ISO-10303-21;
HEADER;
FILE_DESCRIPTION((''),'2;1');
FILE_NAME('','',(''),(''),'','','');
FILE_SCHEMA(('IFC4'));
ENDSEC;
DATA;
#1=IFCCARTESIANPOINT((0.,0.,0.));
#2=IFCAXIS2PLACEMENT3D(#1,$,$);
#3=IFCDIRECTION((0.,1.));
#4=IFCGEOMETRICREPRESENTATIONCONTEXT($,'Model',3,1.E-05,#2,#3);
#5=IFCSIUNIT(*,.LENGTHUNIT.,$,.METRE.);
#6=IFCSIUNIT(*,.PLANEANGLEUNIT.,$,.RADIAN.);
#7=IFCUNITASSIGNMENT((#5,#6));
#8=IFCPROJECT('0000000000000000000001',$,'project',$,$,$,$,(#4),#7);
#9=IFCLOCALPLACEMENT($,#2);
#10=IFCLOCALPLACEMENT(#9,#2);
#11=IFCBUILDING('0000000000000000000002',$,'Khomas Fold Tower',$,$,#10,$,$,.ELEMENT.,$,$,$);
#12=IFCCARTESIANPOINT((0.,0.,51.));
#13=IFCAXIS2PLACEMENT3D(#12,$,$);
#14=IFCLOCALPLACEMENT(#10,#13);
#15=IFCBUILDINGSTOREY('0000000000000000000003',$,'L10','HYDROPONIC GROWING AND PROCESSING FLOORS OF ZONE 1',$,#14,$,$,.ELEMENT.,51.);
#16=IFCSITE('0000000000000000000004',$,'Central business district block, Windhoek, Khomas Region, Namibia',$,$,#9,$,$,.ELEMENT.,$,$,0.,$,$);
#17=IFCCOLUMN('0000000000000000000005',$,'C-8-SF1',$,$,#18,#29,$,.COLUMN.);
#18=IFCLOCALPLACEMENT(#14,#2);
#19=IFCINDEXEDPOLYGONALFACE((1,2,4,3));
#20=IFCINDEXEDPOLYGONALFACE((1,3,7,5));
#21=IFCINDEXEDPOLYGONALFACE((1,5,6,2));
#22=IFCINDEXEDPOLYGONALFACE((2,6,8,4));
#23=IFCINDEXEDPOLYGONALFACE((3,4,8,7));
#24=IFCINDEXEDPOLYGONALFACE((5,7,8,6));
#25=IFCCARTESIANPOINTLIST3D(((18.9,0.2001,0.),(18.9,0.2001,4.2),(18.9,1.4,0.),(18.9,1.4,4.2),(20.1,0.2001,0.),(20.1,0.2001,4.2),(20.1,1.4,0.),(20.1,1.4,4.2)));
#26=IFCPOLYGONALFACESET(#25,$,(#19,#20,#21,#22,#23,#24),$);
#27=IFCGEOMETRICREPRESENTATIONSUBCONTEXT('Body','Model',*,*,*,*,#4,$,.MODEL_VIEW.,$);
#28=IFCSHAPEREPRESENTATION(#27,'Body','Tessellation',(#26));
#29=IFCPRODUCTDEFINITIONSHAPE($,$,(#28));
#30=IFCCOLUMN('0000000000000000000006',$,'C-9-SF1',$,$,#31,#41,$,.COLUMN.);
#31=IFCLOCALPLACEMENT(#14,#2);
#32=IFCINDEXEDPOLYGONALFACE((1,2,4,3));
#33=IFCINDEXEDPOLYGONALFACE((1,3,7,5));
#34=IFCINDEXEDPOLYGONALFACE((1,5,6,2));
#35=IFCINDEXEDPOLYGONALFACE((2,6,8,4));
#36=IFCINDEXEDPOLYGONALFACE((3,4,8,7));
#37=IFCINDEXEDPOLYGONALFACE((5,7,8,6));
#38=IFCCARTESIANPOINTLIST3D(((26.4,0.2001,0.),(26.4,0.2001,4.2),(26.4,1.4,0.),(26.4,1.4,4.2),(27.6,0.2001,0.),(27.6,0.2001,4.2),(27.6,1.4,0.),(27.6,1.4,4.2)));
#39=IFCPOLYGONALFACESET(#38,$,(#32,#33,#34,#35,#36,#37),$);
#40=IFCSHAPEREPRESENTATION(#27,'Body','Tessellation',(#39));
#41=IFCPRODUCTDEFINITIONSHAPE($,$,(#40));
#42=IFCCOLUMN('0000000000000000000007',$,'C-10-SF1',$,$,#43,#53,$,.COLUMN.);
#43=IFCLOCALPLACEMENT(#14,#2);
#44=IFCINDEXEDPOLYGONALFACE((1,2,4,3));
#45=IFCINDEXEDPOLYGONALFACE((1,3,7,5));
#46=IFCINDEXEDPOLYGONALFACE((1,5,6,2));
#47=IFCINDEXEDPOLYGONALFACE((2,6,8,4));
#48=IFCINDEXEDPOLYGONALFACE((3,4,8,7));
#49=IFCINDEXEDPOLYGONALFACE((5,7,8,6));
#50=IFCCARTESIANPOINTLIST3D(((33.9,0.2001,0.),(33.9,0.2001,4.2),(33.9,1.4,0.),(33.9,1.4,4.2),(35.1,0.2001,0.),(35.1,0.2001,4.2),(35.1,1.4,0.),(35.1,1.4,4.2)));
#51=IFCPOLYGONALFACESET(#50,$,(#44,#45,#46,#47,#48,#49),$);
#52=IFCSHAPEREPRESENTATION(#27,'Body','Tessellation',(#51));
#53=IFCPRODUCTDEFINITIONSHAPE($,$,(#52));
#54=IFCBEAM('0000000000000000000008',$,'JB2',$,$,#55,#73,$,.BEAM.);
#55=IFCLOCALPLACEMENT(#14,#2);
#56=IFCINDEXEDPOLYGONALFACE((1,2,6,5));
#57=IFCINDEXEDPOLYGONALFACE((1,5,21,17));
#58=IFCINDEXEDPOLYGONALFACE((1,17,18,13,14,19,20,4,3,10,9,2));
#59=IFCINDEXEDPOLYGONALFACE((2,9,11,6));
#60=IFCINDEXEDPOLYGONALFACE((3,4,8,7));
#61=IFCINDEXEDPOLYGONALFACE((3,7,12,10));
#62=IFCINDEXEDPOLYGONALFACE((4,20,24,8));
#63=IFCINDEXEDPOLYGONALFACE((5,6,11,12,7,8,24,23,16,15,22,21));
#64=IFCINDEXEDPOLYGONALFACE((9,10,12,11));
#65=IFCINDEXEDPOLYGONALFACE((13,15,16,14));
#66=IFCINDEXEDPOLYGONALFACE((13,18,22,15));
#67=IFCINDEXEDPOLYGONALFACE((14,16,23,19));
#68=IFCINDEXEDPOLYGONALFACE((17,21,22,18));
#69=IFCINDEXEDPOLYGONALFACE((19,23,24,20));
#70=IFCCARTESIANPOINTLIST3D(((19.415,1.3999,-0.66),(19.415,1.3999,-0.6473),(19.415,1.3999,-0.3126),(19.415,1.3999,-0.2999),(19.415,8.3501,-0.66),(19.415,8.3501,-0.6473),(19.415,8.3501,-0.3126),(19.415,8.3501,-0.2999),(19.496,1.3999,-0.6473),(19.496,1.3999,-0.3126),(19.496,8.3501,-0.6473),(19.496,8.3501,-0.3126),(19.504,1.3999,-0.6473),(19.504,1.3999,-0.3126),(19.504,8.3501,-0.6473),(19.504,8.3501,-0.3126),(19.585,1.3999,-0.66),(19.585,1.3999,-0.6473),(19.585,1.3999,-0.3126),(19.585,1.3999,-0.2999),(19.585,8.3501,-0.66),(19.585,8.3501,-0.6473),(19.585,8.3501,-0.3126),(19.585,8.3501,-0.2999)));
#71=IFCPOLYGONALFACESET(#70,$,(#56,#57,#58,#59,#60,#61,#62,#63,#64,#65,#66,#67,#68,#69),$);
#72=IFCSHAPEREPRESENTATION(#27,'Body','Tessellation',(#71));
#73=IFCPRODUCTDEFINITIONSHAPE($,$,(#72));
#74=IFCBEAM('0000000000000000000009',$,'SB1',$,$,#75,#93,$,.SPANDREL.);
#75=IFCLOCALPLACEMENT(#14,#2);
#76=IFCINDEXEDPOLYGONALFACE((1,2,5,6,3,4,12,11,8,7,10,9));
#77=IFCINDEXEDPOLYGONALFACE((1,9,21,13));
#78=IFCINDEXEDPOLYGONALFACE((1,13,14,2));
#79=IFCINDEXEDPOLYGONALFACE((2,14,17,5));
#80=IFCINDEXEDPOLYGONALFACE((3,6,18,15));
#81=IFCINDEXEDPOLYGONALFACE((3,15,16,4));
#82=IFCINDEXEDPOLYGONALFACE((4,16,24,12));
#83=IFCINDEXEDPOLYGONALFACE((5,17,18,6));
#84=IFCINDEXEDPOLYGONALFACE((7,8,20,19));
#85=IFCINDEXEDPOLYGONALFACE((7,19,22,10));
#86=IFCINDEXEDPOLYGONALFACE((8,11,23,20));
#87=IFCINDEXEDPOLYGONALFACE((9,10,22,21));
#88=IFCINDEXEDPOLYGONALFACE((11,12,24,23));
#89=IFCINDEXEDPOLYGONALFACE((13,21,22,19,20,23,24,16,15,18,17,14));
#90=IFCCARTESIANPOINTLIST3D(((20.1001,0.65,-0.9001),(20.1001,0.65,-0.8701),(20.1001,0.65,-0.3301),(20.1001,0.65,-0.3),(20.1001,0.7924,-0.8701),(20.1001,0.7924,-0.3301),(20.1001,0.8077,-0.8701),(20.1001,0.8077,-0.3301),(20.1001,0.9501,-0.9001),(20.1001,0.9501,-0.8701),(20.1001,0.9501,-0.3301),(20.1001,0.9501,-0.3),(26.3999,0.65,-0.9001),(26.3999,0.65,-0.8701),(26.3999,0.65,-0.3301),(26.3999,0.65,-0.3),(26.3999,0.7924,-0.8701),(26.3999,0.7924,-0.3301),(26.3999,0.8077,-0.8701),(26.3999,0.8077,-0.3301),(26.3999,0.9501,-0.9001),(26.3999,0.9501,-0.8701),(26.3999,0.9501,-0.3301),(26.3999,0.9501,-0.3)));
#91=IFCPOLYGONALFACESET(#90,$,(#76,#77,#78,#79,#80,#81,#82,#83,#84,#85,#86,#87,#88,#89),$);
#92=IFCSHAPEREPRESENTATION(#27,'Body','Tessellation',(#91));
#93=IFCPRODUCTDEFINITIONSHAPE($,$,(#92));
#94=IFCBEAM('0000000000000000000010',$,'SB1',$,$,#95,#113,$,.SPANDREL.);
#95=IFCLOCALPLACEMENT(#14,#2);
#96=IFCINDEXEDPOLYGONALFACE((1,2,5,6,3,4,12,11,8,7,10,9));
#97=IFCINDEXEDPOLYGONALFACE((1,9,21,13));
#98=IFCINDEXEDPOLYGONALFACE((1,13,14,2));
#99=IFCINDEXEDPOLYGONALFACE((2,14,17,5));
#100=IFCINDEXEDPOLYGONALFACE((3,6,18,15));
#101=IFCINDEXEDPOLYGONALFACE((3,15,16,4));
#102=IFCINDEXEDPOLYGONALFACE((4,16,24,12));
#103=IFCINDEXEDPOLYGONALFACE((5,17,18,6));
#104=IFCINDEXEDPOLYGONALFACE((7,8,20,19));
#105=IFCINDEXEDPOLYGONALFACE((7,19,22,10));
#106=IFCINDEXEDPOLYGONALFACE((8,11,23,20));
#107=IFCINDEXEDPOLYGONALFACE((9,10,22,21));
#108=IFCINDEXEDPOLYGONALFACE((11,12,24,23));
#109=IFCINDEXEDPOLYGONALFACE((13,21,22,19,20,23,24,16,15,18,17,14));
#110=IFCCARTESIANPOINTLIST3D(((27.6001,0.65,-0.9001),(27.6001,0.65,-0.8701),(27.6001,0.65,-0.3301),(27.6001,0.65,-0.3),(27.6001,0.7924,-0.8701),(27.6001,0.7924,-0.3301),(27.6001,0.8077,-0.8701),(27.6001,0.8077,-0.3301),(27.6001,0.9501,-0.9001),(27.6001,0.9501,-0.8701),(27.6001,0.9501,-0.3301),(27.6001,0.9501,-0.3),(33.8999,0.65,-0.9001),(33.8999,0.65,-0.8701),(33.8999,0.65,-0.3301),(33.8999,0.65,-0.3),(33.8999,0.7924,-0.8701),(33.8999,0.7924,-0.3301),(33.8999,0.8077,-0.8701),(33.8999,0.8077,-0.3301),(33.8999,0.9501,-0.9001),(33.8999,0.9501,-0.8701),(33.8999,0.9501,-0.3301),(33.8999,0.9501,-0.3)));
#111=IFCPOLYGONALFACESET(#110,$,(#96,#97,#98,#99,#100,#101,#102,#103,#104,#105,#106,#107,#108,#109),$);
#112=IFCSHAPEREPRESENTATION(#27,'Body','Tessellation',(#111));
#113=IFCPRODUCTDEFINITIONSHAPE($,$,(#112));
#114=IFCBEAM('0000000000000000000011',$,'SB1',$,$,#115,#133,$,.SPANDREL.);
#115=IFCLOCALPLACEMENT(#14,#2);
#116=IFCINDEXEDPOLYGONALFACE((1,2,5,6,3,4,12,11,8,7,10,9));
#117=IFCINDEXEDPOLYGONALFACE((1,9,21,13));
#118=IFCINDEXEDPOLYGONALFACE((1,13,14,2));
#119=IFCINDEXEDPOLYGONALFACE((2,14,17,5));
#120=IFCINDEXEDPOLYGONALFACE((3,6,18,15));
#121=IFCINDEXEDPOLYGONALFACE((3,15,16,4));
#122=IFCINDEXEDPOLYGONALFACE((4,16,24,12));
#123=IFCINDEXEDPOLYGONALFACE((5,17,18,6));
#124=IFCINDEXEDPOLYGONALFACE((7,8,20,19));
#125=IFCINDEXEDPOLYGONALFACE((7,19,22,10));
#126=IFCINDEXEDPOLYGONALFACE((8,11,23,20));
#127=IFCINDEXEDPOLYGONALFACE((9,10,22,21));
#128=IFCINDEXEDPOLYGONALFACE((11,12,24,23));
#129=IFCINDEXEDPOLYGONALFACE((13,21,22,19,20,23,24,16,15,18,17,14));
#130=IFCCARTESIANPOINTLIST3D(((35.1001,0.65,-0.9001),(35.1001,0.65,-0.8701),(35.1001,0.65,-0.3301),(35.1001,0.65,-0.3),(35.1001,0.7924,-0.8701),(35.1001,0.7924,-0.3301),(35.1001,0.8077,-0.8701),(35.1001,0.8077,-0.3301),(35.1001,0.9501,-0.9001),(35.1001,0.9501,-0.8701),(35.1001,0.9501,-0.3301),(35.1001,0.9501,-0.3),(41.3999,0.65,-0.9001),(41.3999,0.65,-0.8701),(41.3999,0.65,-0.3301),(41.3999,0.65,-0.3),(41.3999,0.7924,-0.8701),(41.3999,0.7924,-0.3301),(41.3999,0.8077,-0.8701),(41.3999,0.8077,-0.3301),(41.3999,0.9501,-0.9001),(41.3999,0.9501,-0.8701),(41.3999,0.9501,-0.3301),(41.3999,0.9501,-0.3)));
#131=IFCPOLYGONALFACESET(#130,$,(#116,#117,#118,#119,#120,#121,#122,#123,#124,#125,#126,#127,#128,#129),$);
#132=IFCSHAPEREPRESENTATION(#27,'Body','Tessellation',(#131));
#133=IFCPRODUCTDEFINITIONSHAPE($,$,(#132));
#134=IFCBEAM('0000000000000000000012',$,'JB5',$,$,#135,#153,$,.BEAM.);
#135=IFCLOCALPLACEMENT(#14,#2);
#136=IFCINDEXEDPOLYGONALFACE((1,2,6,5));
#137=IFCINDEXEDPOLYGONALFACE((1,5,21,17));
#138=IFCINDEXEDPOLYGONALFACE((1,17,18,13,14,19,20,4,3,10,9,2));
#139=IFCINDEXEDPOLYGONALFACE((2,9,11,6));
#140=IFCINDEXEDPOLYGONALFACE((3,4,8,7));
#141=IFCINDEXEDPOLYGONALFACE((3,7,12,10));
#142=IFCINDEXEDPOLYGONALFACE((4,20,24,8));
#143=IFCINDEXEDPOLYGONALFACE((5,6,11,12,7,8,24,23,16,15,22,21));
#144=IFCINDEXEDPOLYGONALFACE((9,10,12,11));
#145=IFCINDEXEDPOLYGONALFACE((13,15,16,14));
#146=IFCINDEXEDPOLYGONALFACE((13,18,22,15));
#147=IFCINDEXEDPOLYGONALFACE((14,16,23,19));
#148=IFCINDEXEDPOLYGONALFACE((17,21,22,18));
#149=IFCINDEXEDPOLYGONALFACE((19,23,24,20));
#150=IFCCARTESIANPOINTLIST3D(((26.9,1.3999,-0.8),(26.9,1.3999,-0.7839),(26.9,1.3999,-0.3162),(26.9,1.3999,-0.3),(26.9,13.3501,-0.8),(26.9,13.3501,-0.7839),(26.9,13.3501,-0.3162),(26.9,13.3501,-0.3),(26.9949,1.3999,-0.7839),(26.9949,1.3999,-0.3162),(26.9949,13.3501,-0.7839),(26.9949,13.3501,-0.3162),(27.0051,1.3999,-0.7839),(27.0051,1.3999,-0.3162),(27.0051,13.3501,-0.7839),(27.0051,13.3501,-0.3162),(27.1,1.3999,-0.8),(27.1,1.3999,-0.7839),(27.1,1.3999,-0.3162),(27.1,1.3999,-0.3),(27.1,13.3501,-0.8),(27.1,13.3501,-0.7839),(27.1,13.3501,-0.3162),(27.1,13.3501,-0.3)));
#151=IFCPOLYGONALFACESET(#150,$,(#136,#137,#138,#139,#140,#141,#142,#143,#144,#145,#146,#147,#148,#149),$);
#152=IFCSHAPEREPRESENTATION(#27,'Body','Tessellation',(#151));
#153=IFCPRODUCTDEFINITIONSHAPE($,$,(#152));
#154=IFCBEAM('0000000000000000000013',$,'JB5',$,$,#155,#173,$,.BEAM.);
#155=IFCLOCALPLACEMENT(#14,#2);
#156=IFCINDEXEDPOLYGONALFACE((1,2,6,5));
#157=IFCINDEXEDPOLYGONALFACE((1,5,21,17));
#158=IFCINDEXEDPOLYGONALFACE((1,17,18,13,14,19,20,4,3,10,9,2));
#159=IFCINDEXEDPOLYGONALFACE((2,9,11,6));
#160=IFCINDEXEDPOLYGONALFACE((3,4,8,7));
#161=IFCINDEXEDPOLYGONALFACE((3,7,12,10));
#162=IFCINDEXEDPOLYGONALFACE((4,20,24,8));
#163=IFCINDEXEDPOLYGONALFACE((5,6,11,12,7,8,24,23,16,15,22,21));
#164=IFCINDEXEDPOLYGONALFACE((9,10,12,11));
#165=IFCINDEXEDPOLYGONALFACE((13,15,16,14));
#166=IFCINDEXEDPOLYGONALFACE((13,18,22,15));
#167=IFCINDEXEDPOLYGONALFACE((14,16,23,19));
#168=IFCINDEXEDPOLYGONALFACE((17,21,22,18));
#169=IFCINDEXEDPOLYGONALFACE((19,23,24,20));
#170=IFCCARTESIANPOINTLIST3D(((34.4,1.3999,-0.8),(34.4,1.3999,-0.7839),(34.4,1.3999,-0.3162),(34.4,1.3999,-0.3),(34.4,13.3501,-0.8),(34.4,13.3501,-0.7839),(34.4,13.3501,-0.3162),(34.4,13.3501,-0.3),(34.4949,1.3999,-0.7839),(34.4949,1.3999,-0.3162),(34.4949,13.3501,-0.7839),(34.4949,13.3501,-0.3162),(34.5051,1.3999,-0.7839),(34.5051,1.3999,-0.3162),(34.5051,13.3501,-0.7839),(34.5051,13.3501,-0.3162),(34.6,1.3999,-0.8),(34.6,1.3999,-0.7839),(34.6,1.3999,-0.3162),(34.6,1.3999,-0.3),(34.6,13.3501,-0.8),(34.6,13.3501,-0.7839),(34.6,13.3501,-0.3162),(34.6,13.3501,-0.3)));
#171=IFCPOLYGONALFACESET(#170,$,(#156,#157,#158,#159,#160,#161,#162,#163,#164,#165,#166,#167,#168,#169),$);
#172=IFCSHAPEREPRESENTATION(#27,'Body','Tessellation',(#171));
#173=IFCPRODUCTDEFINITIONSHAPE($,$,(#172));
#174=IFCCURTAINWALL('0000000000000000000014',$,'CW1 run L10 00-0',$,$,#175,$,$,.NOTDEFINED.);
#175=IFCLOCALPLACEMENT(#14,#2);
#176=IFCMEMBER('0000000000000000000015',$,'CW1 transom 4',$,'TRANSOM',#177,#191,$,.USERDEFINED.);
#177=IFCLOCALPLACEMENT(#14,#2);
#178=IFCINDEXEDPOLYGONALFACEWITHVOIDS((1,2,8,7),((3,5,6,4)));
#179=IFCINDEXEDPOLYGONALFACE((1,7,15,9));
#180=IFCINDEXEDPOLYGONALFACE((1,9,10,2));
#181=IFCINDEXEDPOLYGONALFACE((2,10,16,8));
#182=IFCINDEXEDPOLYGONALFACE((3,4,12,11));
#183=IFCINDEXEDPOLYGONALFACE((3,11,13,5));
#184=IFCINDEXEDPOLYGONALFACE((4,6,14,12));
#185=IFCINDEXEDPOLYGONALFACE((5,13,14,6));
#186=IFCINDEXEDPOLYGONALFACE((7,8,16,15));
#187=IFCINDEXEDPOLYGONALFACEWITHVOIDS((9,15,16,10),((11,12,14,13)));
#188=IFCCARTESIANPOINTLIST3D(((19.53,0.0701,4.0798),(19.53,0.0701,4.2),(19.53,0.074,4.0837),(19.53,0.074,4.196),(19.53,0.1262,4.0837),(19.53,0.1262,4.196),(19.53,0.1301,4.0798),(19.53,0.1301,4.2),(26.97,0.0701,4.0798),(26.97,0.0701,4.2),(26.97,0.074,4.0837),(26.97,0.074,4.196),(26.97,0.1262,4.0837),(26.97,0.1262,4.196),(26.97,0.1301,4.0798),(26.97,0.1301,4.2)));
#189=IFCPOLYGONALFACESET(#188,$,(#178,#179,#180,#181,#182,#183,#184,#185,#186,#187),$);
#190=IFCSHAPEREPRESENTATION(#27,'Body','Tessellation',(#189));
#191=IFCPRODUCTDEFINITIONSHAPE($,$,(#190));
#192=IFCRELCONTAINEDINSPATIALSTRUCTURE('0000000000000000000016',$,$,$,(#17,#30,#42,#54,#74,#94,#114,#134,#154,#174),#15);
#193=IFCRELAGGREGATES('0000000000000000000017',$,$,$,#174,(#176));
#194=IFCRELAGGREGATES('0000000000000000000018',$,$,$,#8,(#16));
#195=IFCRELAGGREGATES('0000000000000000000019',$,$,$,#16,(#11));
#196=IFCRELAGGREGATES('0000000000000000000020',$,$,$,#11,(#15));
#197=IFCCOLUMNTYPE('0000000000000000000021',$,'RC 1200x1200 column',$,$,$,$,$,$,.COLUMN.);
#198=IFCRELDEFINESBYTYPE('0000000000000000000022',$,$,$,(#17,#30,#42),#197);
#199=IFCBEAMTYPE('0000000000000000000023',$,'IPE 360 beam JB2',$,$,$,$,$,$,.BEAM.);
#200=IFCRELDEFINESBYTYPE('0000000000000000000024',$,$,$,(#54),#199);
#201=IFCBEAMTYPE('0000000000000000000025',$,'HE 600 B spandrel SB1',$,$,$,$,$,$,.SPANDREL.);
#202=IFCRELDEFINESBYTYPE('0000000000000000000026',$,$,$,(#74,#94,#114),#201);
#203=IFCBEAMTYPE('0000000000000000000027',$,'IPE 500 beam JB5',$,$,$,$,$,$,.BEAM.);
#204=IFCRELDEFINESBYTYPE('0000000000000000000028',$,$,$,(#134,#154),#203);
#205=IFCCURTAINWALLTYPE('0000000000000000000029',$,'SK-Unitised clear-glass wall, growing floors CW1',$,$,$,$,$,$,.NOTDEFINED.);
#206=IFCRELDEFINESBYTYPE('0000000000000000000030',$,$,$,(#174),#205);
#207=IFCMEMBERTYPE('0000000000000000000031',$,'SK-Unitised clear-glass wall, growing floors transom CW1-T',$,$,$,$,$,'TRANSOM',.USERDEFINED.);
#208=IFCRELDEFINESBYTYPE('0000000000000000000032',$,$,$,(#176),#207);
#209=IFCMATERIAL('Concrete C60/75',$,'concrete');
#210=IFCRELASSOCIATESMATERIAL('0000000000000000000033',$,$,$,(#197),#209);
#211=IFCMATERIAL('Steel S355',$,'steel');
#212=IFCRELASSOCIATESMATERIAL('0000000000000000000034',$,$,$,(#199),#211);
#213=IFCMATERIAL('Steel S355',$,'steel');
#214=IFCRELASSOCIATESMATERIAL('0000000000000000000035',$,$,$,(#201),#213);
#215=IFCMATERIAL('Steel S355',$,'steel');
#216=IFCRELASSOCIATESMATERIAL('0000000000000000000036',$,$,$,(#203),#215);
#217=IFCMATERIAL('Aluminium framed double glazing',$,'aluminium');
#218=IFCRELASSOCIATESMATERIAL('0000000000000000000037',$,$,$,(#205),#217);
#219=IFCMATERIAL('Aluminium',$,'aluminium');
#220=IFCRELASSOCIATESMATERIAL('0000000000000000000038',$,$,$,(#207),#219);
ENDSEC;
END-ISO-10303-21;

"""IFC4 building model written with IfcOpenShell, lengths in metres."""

from ifc_helpers import new_model, si_unit, direction, frame, origin, origin_2d, place, context, subcontext, project, spatial, rectangle, hollow_rectangle, i_section, extrude, source, transform, mapped, material, material_profile, profile_set, type_object, element, aggregate, save


model = new_model("IFC4")

# Units and contexts
model_context = context("Model", 3, precision=1e-05, world=origin(), true_north=direction((0.0, 1.0)))
body_context = subcontext(model_context, "Body", "Model", "MODEL_VIEW")
ifc_project = project(units=[si_unit("LENGTHUNIT", "METRE"), si_unit("PLANEANGLEUNIT", "RADIAN")], contexts=[model_context])

# Site, building, storey
site_placement = place(None, origin())
site = spatial("IfcSite", under=ifc_project, at=site_placement, Name="Central business district block, Windhoek, Khomas Region, Namibia", CompositionType="ELEMENT", RefElevation=0.0)
building_placement = place(site_placement, origin())
building = spatial("IfcBuilding", under=site, at=building_placement, Name="Khomas Fold Tower", CompositionType="ELEMENT")
storey_placement = place(building_placement, frame((0.0, 0.0, 51.0)))
storey = spatial("IfcBuildingStorey", under=building, at=storey_placement, Name="L10", Description="HYDROPONIC GROWING AND PROCESSING FLOORS OF ZONE 1", CompositionType="ELEMENT", Elevation=51.0)

# Columns
ifc_material_1 = material(Name="Concrete C60/75", Category="concrete")
ifc_material_profile_1 = material_profile(ifc_material_1, rectangle(XDim=1.2, YDim=1.2, at=origin_2d()), Name="RC 1200x1200")
ifc_profile_set_1 = profile_set([ifc_material_profile_1], Name="Concrete C60/75")
column_type = type_object("IfcColumnType", Name="RC 1200x1200 column", PredefinedType="COLUMN", material=ifc_profile_set_1)
shared_shape_1 = source(origin(), body_context, "Body", "SweptSolid", [
    extrude(rectangle(XDim=1.2, YDim=1.2, at=origin_2d()), origin(), (0.0, 0.0, 1.0), 4.2),
])
for number, where, z_axis, x_axis, name in (
    (1, (19.5, 0.8, 0.0), (0.0, 0.0, 1.0), (1.0, 0.0, 0.0), "C-8-SF1"),
    (2, (27.0, 0.8, 0.0), (0.0, 0.0, 1.0), (1.0, 0.0, 0.0), "C-9-SF1"),
    (3, (34.5, 0.8, 0.0), (0.0, 0.0, 1.0), (1.0, 0.0, 0.0), "C-10-SF1"),
):
    element("IfcColumn", number, at=place(storey_placement, frame(where, z_axis=z_axis, x_axis=x_axis)), inside=storey, type_object=column_type, Name=name, PredefinedType="COLUMN", context=body_context, shape_type="MappedRepresentation", body=[
        mapped(shared_shape_1, transform((0.0, 0.0, 0.0))),
    ])

# Beams
ifc_material_2 = material(Name="Steel S355", Category="steel")
ifc_material_profile_2 = material_profile(ifc_material_2, i_section(OverallWidth=0.1699, OverallDepth=0.3601, WebThickness=0.0081, FlangeThickness=0.0127, at=origin_2d()), Name="IPE 360")
ifc_profile_set_2 = profile_set([ifc_material_profile_2], Name="Steel S355")
beam_type_1 = type_object("IfcBeamType", Name="IPE 360 beam JB2", PredefinedType="BEAM", material=ifc_profile_set_2)
shared_shape_2 = source(origin(), body_context, "Body", "SweptSolid", [
    extrude(i_section(OverallWidth=0.1699, OverallDepth=0.3601, WebThickness=0.0081, FlangeThickness=0.0127, at=origin_2d()), origin(), (0.0, 0.0, 1.0), 6.9502),
])
beam_placement = place(storey_placement, frame((19.5, 1.3999, -0.48), z_axis=(0.0, 1.0, 0.0), x_axis=(-1.0, 0.0, 0.0)))
element("IfcBeam", 4, at=beam_placement, inside=storey, type_object=beam_type_1, Name="JB2", PredefinedType="BEAM", context=body_context, shape_type="MappedRepresentation", body=[
    mapped(shared_shape_2, transform((0.0, 0.0, 0.0))),
])
ifc_material_3 = material(Name="Steel S355", Category="steel")
ifc_material_profile_3 = material_profile(ifc_material_3, i_section(OverallWidth=0.3, OverallDepth=0.6001, WebThickness=0.0154, FlangeThickness=0.03, at=origin_2d()), Name="HE 600 B")
ifc_profile_set_3 = profile_set([ifc_material_profile_3], Name="Steel S355")
beam_type_2 = type_object("IfcBeamType", Name="HE 600 B spandrel SB1", PredefinedType="SPANDREL", material=ifc_profile_set_3)
shared_shape_3 = source(origin(), body_context, "Body", "SweptSolid", [
    extrude(i_section(OverallWidth=0.3, OverallDepth=0.6001, WebThickness=0.0154, FlangeThickness=0.03, at=origin_2d()), origin(), (0.0, 0.0, 1.0), 6.2998),
])
for number, where, z_axis, x_axis, name in (
    (5, (20.1001, 0.8, -0.6001), (1.0, 0.0, 0.0), (0.0, 1.0, 0.0), "SB1"),
    (6, (27.6001, 0.8, -0.6001), (1.0, 0.0, 0.0), (0.0, 1.0, 0.0), "SB1"),
    (7, (35.1001, 0.8, -0.6001), (1.0, 0.0, 0.0), (0.0, 1.0, 0.0), "SB1"),
):
    element("IfcBeam", number, at=place(storey_placement, frame(where, z_axis=z_axis, x_axis=x_axis)), inside=storey, type_object=beam_type_2, Name=name, PredefinedType="SPANDREL", context=body_context, shape_type="MappedRepresentation", body=[
        mapped(shared_shape_3, transform((0.0, 0.0, 0.0))),
    ])
ifc_material_4 = material(Name="Steel S355", Category="steel")
ifc_material_profile_4 = material_profile(ifc_material_4, i_section(OverallWidth=0.2, OverallDepth=0.5, WebThickness=0.0103, FlangeThickness=0.0161, at=origin_2d()), Name="IPE 500")
ifc_profile_set_4 = profile_set([ifc_material_profile_4], Name="Steel S355")
beam_type_3 = type_object("IfcBeamType", Name="IPE 500 beam JB5", PredefinedType="BEAM", material=ifc_profile_set_4)
shared_shape_4 = source(origin(), body_context, "Body", "SweptSolid", [
    extrude(i_section(OverallWidth=0.2, OverallDepth=0.5, WebThickness=0.0103, FlangeThickness=0.0161, at=origin_2d()), origin(), (0.0, 0.0, 1.0), 11.9502),
])
for number, where, z_axis, x_axis, name in (
    (8, (27.0, 1.3999, -0.55), (0.0, 1.0, 0.0), (-1.0, 0.0, 0.0), "JB5"),
    (9, (34.5, 1.3999, -0.55), (0.0, 1.0, 0.0), (-1.0, 0.0, 0.0), "JB5"),
):
    element("IfcBeam", number, at=place(storey_placement, frame(where, z_axis=z_axis, x_axis=x_axis)), inside=storey, type_object=beam_type_3, Name=name, PredefinedType="BEAM", context=body_context, shape_type="MappedRepresentation", body=[
        mapped(shared_shape_4, transform((0.0, 0.0, 0.0))),
    ])

# Curtain wall, member
ifc_material_5 = material(Name="Aluminium framed double glazing", Category="aluminium")
curtain_wall_type = type_object("IfcCurtainWallType", Name="SK-Unitised clear-glass wall, growing floors CW1", PredefinedType="NOTDEFINED", material=ifc_material_5)
curtain_wall_placement = place(storey_placement, origin())
curtain_wall = element("IfcCurtainWall", 10, at=curtain_wall_placement, inside=storey, type_object=curtain_wall_type, Name="CW1 run L10 00-0", PredefinedType="NOTDEFINED")
ifc_material_6 = material(Name="Aluminium", Category="aluminium")
ifc_material_profile_5 = material_profile(ifc_material_6, hollow_rectangle(XDim=0.0601, YDim=0.1201, WallThickness=0.0039, at=origin_2d()), Name="SK-Unitised clear-glass wall, growing floors transom CW1-T")
ifc_profile_set_5 = profile_set([ifc_material_profile_5], Name="Aluminium")
member_type_1 = type_object("IfcMemberType", Name="SK-Unitised clear-glass wall, growing floors transom CW1-T", ElementType="TRANSOM", PredefinedType="USERDEFINED", material=ifc_profile_set_5)
shared_shape_5 = source(origin(), body_context, "Body", "SweptSolid", [
    extrude(hollow_rectangle(XDim=0.0601, YDim=0.1201, WallThickness=0.0039, at=origin_2d()), origin(), (0.0, 0.0, 1.0), 7.4399),
])
member_1_placement = place(storey_placement, frame((19.53, 0.1001, 4.1399), z_axis=(1.0, 0.0, 0.0), x_axis=(0.0, 1.0, 0.0)))
member_1 = element("IfcMember", 11, at=member_1_placement, type_object=member_type_1, Name="CW1 transom 4", ObjectType="TRANSOM", PredefinedType="USERDEFINED", context=body_context, shape_type="MappedRepresentation", body=[
    mapped(shared_shape_5, transform((0.0, 0.0, 0.0))),
])
aggregate(curtain_wall, [member_1])

save(model, "model.ifc")
